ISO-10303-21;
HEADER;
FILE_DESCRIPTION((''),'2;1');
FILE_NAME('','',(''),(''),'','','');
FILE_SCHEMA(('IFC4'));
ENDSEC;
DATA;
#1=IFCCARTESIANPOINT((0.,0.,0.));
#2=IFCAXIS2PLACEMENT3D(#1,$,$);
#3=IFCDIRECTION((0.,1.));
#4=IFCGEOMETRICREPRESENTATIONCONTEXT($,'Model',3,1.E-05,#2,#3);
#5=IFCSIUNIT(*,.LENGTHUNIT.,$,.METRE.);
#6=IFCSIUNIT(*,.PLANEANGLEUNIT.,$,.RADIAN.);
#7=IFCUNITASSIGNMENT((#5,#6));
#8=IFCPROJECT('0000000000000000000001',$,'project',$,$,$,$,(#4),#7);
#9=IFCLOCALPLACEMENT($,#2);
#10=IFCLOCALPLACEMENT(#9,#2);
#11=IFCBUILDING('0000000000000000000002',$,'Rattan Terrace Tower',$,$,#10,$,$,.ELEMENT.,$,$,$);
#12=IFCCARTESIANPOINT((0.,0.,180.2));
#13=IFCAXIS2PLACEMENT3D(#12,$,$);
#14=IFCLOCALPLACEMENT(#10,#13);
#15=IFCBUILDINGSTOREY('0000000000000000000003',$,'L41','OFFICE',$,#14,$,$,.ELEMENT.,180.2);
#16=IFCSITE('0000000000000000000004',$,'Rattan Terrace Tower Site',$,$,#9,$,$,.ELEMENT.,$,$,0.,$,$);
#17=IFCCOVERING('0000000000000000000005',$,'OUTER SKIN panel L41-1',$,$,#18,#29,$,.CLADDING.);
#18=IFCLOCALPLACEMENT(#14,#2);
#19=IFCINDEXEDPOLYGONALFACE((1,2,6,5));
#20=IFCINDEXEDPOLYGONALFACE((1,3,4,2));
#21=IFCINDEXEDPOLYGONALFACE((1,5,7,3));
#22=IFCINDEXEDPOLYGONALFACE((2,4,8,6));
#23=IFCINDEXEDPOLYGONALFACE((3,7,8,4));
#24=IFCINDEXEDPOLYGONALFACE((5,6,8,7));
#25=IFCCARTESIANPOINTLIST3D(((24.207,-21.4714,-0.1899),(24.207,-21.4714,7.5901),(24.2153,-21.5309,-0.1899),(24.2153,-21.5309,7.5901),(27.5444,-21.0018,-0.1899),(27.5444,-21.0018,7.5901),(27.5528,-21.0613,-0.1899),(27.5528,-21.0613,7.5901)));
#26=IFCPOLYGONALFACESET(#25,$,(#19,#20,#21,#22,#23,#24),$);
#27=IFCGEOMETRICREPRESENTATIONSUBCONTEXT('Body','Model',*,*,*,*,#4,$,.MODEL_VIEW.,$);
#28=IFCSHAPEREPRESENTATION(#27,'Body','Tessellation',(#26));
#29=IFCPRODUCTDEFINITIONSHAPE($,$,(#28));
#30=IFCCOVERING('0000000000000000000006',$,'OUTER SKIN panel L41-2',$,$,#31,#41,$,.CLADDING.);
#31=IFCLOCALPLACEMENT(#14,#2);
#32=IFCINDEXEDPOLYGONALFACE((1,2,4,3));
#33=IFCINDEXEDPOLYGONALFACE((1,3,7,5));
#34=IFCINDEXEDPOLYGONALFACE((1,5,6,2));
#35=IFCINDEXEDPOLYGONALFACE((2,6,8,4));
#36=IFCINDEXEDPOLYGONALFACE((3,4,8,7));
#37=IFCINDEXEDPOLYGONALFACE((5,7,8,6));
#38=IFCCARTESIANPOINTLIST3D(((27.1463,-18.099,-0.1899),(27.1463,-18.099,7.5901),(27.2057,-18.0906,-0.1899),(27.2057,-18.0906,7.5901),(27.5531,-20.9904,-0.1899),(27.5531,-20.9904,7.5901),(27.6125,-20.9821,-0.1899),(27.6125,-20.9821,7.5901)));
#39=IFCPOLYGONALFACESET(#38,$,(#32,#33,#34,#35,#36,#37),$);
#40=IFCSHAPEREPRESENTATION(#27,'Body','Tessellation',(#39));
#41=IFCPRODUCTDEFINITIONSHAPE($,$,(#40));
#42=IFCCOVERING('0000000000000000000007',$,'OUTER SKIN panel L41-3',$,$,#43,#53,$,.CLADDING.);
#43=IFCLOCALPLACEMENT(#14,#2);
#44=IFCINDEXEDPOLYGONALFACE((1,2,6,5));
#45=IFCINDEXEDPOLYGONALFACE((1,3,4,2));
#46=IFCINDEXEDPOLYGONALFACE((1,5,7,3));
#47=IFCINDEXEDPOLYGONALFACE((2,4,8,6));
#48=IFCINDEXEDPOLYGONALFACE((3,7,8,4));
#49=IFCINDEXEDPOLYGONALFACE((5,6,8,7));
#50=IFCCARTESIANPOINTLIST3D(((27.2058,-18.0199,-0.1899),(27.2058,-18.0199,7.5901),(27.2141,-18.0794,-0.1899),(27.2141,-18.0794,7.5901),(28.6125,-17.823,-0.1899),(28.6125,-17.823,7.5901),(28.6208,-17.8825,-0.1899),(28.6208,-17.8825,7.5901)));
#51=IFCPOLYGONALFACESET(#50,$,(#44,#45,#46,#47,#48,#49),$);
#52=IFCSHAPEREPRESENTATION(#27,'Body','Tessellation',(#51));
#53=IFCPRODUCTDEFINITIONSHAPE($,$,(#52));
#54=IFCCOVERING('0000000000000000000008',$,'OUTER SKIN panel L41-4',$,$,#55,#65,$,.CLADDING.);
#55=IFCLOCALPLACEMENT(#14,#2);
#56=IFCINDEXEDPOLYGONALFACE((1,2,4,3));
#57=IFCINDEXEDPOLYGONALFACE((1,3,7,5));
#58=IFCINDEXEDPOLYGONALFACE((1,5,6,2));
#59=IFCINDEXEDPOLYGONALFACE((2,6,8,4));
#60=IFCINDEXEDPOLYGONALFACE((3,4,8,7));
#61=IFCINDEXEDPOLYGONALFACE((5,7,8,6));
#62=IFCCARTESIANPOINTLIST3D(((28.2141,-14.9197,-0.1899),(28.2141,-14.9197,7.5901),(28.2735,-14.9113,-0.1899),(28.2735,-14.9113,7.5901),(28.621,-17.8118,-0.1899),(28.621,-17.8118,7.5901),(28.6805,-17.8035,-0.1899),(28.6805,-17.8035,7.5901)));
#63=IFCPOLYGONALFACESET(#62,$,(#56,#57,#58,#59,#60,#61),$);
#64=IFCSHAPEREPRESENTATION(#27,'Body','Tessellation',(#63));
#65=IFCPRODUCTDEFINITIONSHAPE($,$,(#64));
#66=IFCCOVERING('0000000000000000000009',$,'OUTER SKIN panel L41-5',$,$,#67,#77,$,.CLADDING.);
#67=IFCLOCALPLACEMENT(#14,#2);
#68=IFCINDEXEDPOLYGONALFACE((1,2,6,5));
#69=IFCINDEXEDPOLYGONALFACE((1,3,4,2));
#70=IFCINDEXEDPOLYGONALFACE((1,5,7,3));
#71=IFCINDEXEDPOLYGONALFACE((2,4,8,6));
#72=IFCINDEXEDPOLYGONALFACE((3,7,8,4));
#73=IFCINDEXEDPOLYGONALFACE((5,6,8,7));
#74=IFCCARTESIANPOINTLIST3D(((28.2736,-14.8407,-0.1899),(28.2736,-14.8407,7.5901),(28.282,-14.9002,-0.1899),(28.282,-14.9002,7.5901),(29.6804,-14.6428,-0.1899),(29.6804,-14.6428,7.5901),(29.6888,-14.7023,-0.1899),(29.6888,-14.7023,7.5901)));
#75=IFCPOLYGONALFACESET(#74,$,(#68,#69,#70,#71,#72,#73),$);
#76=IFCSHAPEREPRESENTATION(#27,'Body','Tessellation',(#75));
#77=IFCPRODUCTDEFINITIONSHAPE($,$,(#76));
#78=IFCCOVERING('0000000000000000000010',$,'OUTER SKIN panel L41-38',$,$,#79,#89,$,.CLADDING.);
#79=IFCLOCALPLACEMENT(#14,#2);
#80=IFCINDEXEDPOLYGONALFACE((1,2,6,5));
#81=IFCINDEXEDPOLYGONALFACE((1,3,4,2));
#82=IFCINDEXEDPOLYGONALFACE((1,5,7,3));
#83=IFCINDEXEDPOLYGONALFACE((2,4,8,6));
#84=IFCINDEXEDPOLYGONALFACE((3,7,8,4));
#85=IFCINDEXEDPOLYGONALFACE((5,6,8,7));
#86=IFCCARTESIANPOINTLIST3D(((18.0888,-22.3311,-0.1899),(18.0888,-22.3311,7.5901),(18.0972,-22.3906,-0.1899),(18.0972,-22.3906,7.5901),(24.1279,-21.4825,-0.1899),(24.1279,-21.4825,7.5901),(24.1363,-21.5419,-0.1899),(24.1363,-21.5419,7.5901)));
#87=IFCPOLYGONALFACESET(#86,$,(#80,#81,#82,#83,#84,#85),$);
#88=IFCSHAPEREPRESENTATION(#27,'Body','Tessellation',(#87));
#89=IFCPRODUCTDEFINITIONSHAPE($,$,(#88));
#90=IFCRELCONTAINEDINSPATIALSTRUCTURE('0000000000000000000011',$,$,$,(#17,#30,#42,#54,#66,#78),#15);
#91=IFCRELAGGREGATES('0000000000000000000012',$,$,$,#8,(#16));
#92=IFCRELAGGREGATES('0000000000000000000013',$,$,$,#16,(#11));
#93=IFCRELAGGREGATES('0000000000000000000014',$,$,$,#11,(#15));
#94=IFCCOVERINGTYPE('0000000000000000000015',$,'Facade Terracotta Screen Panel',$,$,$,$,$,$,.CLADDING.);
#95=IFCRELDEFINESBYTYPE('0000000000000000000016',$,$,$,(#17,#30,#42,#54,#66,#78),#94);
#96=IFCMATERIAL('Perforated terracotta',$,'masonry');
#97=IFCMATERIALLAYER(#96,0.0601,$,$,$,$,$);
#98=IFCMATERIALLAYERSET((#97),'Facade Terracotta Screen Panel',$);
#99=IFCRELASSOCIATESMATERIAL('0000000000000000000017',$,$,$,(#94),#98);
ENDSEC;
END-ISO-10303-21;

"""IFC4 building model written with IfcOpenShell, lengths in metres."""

from ifc_helpers import new_model, si_unit, direction, frame, origin, origin_2d, place, context, subcontext, project, spatial, rectangle, extrude, material, layer, layer_set, type_object, element, save


model = new_model("IFC4")

# Units and contexts
model_context = context("Model", 3, precision=1e-05, world=origin(), true_north=direction((0.0, 1.0)))
body_context = subcontext(model_context, "Body", "Model", "MODEL_VIEW")
ifc_project = project(units=[si_unit("LENGTHUNIT", "METRE"), si_unit("PLANEANGLEUNIT", "RADIAN")], contexts=[model_context])

# Site, building, storey
site_placement = place(None, origin())
site = spatial("IfcSite", under=ifc_project, at=site_placement, Name="Rattan Terrace Tower Site", CompositionType="ELEMENT", RefElevation=0.0)
building_placement = place(site_placement, origin())
building = spatial("IfcBuilding", under=site, at=building_placement, Name="Rattan Terrace Tower", CompositionType="ELEMENT")
storey_placement = place(building_placement, frame((0.0, 0.0, 180.2)))
storey = spatial("IfcBuildingStorey", under=building, at=storey_placement, Name="L41", Description="OFFICE", CompositionType="ELEMENT", Elevation=180.2)

# Coverings
ifc_material_1 = material(Name="Perforated terracotta", Category="masonry")
ifc_layer_1 = layer(ifc_material_1, 0.0601)
ifc_layer_set_1 = layer_set([ifc_layer_1], Name="Facade Terracotta Screen Panel")
covering_type = type_object("IfcCoveringType", Name="Facade Terracotta Screen Panel", PredefinedType="CLADDING", material=ifc_layer_set_1)
covering_1_placement = place(storey_placement, frame((25.8799, -21.2664, -0.1899), z_axis=(0.0, 0.0, 1.0), x_axis=(0.990247, 0.139321, 0.0)))
element("IfcCovering", 1, at=covering_1_placement, inside=storey, type_object=covering_type, Name="OUTER SKIN panel L41-1", PredefinedType="CLADDING", context=body_context, shape_type="SweptSolid", body=[
    extrude(rectangle(XDim=3.3704, YDim=0.0601, at=origin_2d()), origin(), (0.0, 0.0, 1.0), 7.78),
])
covering_2_placement = place(storey_placement, frame((27.3794, -19.5405, -0.1899), z_axis=(0.0, 0.0, 1.0), x_axis=(-0.139321, 0.990247, 0.0)))
element("IfcCovering", 2, at=covering_2_placement, inside=storey, type_object=covering_type, Name="OUTER SKIN panel L41-2", PredefinedType="CLADDING", context=body_context, shape_type="SweptSolid", body=[
    extrude(rectangle(XDim=2.9199, YDim=0.0601, at=origin_2d()), origin(), (0.0, 0.0, 1.0), 7.78),
])
covering_3_placement = place(storey_placement, frame((27.9133, -17.9512, -0.1899), z_axis=(0.0, 0.0, 1.0), x_axis=(0.990345, 0.138622, 0.0)))
element("IfcCovering", 3, at=covering_3_placement, inside=storey, type_object=covering_type, Name="OUTER SKIN panel L41-3", PredefinedType="CLADDING", context=body_context, shape_type="SweptSolid", body=[
    extrude(rectangle(XDim=1.4204, YDim=0.0601, at=origin_2d()), origin(), (0.0, 0.0, 1.0), 7.78),
])
covering_4_placement = place(storey_placement, frame((28.4473, -16.3616, -0.1899), z_axis=(0.0, 0.0, 1.0), x_axis=(-0.139321, 0.990247, 0.0)))
element("IfcCovering", 4, at=covering_4_placement, inside=storey, type_object=covering_type, Name="OUTER SKIN panel L41-4", PredefinedType="CLADDING", context=body_context, shape_type="SweptSolid", body=[
    extrude(rectangle(XDim=2.9207, YDim=0.0601, at=origin_2d()), origin(), (0.0, 0.0, 1.0), 7.78),
])
covering_5_placement = place(storey_placement, frame((28.9812, -14.7715, -0.1899), z_axis=(0.0, 0.0, 1.0), x_axis=(0.990254, 0.139275, 0.0)))
element("IfcCovering", 5, at=covering_5_placement, inside=storey, type_object=covering_type, Name="OUTER SKIN panel L41-5", PredefinedType="CLADDING", context=body_context, shape_type="SweptSolid", body=[
    extrude(rectangle(XDim=1.4207, YDim=0.0601, at=origin_2d()), origin(), (0.0, 0.0, 1.0), 7.78),
])
covering_6_placement = place(storey_placement, frame((21.1125, -21.9365, -0.1899), z_axis=(0.0, 0.0, 1.0), x_axis=(0.99027, 0.139161, 0.0)))
element("IfcCovering", 6, at=covering_6_placement, inside=storey, type_object=covering_type, Name="OUTER SKIN panel L41-38", PredefinedType="CLADDING", context=body_context, shape_type="SweptSolid", body=[
    extrude(rectangle(XDim=6.0984, YDim=0.0601, at=origin_2d()), origin(), (0.0, 0.0, 1.0), 7.78),
])

save(model, "model.ifc")
